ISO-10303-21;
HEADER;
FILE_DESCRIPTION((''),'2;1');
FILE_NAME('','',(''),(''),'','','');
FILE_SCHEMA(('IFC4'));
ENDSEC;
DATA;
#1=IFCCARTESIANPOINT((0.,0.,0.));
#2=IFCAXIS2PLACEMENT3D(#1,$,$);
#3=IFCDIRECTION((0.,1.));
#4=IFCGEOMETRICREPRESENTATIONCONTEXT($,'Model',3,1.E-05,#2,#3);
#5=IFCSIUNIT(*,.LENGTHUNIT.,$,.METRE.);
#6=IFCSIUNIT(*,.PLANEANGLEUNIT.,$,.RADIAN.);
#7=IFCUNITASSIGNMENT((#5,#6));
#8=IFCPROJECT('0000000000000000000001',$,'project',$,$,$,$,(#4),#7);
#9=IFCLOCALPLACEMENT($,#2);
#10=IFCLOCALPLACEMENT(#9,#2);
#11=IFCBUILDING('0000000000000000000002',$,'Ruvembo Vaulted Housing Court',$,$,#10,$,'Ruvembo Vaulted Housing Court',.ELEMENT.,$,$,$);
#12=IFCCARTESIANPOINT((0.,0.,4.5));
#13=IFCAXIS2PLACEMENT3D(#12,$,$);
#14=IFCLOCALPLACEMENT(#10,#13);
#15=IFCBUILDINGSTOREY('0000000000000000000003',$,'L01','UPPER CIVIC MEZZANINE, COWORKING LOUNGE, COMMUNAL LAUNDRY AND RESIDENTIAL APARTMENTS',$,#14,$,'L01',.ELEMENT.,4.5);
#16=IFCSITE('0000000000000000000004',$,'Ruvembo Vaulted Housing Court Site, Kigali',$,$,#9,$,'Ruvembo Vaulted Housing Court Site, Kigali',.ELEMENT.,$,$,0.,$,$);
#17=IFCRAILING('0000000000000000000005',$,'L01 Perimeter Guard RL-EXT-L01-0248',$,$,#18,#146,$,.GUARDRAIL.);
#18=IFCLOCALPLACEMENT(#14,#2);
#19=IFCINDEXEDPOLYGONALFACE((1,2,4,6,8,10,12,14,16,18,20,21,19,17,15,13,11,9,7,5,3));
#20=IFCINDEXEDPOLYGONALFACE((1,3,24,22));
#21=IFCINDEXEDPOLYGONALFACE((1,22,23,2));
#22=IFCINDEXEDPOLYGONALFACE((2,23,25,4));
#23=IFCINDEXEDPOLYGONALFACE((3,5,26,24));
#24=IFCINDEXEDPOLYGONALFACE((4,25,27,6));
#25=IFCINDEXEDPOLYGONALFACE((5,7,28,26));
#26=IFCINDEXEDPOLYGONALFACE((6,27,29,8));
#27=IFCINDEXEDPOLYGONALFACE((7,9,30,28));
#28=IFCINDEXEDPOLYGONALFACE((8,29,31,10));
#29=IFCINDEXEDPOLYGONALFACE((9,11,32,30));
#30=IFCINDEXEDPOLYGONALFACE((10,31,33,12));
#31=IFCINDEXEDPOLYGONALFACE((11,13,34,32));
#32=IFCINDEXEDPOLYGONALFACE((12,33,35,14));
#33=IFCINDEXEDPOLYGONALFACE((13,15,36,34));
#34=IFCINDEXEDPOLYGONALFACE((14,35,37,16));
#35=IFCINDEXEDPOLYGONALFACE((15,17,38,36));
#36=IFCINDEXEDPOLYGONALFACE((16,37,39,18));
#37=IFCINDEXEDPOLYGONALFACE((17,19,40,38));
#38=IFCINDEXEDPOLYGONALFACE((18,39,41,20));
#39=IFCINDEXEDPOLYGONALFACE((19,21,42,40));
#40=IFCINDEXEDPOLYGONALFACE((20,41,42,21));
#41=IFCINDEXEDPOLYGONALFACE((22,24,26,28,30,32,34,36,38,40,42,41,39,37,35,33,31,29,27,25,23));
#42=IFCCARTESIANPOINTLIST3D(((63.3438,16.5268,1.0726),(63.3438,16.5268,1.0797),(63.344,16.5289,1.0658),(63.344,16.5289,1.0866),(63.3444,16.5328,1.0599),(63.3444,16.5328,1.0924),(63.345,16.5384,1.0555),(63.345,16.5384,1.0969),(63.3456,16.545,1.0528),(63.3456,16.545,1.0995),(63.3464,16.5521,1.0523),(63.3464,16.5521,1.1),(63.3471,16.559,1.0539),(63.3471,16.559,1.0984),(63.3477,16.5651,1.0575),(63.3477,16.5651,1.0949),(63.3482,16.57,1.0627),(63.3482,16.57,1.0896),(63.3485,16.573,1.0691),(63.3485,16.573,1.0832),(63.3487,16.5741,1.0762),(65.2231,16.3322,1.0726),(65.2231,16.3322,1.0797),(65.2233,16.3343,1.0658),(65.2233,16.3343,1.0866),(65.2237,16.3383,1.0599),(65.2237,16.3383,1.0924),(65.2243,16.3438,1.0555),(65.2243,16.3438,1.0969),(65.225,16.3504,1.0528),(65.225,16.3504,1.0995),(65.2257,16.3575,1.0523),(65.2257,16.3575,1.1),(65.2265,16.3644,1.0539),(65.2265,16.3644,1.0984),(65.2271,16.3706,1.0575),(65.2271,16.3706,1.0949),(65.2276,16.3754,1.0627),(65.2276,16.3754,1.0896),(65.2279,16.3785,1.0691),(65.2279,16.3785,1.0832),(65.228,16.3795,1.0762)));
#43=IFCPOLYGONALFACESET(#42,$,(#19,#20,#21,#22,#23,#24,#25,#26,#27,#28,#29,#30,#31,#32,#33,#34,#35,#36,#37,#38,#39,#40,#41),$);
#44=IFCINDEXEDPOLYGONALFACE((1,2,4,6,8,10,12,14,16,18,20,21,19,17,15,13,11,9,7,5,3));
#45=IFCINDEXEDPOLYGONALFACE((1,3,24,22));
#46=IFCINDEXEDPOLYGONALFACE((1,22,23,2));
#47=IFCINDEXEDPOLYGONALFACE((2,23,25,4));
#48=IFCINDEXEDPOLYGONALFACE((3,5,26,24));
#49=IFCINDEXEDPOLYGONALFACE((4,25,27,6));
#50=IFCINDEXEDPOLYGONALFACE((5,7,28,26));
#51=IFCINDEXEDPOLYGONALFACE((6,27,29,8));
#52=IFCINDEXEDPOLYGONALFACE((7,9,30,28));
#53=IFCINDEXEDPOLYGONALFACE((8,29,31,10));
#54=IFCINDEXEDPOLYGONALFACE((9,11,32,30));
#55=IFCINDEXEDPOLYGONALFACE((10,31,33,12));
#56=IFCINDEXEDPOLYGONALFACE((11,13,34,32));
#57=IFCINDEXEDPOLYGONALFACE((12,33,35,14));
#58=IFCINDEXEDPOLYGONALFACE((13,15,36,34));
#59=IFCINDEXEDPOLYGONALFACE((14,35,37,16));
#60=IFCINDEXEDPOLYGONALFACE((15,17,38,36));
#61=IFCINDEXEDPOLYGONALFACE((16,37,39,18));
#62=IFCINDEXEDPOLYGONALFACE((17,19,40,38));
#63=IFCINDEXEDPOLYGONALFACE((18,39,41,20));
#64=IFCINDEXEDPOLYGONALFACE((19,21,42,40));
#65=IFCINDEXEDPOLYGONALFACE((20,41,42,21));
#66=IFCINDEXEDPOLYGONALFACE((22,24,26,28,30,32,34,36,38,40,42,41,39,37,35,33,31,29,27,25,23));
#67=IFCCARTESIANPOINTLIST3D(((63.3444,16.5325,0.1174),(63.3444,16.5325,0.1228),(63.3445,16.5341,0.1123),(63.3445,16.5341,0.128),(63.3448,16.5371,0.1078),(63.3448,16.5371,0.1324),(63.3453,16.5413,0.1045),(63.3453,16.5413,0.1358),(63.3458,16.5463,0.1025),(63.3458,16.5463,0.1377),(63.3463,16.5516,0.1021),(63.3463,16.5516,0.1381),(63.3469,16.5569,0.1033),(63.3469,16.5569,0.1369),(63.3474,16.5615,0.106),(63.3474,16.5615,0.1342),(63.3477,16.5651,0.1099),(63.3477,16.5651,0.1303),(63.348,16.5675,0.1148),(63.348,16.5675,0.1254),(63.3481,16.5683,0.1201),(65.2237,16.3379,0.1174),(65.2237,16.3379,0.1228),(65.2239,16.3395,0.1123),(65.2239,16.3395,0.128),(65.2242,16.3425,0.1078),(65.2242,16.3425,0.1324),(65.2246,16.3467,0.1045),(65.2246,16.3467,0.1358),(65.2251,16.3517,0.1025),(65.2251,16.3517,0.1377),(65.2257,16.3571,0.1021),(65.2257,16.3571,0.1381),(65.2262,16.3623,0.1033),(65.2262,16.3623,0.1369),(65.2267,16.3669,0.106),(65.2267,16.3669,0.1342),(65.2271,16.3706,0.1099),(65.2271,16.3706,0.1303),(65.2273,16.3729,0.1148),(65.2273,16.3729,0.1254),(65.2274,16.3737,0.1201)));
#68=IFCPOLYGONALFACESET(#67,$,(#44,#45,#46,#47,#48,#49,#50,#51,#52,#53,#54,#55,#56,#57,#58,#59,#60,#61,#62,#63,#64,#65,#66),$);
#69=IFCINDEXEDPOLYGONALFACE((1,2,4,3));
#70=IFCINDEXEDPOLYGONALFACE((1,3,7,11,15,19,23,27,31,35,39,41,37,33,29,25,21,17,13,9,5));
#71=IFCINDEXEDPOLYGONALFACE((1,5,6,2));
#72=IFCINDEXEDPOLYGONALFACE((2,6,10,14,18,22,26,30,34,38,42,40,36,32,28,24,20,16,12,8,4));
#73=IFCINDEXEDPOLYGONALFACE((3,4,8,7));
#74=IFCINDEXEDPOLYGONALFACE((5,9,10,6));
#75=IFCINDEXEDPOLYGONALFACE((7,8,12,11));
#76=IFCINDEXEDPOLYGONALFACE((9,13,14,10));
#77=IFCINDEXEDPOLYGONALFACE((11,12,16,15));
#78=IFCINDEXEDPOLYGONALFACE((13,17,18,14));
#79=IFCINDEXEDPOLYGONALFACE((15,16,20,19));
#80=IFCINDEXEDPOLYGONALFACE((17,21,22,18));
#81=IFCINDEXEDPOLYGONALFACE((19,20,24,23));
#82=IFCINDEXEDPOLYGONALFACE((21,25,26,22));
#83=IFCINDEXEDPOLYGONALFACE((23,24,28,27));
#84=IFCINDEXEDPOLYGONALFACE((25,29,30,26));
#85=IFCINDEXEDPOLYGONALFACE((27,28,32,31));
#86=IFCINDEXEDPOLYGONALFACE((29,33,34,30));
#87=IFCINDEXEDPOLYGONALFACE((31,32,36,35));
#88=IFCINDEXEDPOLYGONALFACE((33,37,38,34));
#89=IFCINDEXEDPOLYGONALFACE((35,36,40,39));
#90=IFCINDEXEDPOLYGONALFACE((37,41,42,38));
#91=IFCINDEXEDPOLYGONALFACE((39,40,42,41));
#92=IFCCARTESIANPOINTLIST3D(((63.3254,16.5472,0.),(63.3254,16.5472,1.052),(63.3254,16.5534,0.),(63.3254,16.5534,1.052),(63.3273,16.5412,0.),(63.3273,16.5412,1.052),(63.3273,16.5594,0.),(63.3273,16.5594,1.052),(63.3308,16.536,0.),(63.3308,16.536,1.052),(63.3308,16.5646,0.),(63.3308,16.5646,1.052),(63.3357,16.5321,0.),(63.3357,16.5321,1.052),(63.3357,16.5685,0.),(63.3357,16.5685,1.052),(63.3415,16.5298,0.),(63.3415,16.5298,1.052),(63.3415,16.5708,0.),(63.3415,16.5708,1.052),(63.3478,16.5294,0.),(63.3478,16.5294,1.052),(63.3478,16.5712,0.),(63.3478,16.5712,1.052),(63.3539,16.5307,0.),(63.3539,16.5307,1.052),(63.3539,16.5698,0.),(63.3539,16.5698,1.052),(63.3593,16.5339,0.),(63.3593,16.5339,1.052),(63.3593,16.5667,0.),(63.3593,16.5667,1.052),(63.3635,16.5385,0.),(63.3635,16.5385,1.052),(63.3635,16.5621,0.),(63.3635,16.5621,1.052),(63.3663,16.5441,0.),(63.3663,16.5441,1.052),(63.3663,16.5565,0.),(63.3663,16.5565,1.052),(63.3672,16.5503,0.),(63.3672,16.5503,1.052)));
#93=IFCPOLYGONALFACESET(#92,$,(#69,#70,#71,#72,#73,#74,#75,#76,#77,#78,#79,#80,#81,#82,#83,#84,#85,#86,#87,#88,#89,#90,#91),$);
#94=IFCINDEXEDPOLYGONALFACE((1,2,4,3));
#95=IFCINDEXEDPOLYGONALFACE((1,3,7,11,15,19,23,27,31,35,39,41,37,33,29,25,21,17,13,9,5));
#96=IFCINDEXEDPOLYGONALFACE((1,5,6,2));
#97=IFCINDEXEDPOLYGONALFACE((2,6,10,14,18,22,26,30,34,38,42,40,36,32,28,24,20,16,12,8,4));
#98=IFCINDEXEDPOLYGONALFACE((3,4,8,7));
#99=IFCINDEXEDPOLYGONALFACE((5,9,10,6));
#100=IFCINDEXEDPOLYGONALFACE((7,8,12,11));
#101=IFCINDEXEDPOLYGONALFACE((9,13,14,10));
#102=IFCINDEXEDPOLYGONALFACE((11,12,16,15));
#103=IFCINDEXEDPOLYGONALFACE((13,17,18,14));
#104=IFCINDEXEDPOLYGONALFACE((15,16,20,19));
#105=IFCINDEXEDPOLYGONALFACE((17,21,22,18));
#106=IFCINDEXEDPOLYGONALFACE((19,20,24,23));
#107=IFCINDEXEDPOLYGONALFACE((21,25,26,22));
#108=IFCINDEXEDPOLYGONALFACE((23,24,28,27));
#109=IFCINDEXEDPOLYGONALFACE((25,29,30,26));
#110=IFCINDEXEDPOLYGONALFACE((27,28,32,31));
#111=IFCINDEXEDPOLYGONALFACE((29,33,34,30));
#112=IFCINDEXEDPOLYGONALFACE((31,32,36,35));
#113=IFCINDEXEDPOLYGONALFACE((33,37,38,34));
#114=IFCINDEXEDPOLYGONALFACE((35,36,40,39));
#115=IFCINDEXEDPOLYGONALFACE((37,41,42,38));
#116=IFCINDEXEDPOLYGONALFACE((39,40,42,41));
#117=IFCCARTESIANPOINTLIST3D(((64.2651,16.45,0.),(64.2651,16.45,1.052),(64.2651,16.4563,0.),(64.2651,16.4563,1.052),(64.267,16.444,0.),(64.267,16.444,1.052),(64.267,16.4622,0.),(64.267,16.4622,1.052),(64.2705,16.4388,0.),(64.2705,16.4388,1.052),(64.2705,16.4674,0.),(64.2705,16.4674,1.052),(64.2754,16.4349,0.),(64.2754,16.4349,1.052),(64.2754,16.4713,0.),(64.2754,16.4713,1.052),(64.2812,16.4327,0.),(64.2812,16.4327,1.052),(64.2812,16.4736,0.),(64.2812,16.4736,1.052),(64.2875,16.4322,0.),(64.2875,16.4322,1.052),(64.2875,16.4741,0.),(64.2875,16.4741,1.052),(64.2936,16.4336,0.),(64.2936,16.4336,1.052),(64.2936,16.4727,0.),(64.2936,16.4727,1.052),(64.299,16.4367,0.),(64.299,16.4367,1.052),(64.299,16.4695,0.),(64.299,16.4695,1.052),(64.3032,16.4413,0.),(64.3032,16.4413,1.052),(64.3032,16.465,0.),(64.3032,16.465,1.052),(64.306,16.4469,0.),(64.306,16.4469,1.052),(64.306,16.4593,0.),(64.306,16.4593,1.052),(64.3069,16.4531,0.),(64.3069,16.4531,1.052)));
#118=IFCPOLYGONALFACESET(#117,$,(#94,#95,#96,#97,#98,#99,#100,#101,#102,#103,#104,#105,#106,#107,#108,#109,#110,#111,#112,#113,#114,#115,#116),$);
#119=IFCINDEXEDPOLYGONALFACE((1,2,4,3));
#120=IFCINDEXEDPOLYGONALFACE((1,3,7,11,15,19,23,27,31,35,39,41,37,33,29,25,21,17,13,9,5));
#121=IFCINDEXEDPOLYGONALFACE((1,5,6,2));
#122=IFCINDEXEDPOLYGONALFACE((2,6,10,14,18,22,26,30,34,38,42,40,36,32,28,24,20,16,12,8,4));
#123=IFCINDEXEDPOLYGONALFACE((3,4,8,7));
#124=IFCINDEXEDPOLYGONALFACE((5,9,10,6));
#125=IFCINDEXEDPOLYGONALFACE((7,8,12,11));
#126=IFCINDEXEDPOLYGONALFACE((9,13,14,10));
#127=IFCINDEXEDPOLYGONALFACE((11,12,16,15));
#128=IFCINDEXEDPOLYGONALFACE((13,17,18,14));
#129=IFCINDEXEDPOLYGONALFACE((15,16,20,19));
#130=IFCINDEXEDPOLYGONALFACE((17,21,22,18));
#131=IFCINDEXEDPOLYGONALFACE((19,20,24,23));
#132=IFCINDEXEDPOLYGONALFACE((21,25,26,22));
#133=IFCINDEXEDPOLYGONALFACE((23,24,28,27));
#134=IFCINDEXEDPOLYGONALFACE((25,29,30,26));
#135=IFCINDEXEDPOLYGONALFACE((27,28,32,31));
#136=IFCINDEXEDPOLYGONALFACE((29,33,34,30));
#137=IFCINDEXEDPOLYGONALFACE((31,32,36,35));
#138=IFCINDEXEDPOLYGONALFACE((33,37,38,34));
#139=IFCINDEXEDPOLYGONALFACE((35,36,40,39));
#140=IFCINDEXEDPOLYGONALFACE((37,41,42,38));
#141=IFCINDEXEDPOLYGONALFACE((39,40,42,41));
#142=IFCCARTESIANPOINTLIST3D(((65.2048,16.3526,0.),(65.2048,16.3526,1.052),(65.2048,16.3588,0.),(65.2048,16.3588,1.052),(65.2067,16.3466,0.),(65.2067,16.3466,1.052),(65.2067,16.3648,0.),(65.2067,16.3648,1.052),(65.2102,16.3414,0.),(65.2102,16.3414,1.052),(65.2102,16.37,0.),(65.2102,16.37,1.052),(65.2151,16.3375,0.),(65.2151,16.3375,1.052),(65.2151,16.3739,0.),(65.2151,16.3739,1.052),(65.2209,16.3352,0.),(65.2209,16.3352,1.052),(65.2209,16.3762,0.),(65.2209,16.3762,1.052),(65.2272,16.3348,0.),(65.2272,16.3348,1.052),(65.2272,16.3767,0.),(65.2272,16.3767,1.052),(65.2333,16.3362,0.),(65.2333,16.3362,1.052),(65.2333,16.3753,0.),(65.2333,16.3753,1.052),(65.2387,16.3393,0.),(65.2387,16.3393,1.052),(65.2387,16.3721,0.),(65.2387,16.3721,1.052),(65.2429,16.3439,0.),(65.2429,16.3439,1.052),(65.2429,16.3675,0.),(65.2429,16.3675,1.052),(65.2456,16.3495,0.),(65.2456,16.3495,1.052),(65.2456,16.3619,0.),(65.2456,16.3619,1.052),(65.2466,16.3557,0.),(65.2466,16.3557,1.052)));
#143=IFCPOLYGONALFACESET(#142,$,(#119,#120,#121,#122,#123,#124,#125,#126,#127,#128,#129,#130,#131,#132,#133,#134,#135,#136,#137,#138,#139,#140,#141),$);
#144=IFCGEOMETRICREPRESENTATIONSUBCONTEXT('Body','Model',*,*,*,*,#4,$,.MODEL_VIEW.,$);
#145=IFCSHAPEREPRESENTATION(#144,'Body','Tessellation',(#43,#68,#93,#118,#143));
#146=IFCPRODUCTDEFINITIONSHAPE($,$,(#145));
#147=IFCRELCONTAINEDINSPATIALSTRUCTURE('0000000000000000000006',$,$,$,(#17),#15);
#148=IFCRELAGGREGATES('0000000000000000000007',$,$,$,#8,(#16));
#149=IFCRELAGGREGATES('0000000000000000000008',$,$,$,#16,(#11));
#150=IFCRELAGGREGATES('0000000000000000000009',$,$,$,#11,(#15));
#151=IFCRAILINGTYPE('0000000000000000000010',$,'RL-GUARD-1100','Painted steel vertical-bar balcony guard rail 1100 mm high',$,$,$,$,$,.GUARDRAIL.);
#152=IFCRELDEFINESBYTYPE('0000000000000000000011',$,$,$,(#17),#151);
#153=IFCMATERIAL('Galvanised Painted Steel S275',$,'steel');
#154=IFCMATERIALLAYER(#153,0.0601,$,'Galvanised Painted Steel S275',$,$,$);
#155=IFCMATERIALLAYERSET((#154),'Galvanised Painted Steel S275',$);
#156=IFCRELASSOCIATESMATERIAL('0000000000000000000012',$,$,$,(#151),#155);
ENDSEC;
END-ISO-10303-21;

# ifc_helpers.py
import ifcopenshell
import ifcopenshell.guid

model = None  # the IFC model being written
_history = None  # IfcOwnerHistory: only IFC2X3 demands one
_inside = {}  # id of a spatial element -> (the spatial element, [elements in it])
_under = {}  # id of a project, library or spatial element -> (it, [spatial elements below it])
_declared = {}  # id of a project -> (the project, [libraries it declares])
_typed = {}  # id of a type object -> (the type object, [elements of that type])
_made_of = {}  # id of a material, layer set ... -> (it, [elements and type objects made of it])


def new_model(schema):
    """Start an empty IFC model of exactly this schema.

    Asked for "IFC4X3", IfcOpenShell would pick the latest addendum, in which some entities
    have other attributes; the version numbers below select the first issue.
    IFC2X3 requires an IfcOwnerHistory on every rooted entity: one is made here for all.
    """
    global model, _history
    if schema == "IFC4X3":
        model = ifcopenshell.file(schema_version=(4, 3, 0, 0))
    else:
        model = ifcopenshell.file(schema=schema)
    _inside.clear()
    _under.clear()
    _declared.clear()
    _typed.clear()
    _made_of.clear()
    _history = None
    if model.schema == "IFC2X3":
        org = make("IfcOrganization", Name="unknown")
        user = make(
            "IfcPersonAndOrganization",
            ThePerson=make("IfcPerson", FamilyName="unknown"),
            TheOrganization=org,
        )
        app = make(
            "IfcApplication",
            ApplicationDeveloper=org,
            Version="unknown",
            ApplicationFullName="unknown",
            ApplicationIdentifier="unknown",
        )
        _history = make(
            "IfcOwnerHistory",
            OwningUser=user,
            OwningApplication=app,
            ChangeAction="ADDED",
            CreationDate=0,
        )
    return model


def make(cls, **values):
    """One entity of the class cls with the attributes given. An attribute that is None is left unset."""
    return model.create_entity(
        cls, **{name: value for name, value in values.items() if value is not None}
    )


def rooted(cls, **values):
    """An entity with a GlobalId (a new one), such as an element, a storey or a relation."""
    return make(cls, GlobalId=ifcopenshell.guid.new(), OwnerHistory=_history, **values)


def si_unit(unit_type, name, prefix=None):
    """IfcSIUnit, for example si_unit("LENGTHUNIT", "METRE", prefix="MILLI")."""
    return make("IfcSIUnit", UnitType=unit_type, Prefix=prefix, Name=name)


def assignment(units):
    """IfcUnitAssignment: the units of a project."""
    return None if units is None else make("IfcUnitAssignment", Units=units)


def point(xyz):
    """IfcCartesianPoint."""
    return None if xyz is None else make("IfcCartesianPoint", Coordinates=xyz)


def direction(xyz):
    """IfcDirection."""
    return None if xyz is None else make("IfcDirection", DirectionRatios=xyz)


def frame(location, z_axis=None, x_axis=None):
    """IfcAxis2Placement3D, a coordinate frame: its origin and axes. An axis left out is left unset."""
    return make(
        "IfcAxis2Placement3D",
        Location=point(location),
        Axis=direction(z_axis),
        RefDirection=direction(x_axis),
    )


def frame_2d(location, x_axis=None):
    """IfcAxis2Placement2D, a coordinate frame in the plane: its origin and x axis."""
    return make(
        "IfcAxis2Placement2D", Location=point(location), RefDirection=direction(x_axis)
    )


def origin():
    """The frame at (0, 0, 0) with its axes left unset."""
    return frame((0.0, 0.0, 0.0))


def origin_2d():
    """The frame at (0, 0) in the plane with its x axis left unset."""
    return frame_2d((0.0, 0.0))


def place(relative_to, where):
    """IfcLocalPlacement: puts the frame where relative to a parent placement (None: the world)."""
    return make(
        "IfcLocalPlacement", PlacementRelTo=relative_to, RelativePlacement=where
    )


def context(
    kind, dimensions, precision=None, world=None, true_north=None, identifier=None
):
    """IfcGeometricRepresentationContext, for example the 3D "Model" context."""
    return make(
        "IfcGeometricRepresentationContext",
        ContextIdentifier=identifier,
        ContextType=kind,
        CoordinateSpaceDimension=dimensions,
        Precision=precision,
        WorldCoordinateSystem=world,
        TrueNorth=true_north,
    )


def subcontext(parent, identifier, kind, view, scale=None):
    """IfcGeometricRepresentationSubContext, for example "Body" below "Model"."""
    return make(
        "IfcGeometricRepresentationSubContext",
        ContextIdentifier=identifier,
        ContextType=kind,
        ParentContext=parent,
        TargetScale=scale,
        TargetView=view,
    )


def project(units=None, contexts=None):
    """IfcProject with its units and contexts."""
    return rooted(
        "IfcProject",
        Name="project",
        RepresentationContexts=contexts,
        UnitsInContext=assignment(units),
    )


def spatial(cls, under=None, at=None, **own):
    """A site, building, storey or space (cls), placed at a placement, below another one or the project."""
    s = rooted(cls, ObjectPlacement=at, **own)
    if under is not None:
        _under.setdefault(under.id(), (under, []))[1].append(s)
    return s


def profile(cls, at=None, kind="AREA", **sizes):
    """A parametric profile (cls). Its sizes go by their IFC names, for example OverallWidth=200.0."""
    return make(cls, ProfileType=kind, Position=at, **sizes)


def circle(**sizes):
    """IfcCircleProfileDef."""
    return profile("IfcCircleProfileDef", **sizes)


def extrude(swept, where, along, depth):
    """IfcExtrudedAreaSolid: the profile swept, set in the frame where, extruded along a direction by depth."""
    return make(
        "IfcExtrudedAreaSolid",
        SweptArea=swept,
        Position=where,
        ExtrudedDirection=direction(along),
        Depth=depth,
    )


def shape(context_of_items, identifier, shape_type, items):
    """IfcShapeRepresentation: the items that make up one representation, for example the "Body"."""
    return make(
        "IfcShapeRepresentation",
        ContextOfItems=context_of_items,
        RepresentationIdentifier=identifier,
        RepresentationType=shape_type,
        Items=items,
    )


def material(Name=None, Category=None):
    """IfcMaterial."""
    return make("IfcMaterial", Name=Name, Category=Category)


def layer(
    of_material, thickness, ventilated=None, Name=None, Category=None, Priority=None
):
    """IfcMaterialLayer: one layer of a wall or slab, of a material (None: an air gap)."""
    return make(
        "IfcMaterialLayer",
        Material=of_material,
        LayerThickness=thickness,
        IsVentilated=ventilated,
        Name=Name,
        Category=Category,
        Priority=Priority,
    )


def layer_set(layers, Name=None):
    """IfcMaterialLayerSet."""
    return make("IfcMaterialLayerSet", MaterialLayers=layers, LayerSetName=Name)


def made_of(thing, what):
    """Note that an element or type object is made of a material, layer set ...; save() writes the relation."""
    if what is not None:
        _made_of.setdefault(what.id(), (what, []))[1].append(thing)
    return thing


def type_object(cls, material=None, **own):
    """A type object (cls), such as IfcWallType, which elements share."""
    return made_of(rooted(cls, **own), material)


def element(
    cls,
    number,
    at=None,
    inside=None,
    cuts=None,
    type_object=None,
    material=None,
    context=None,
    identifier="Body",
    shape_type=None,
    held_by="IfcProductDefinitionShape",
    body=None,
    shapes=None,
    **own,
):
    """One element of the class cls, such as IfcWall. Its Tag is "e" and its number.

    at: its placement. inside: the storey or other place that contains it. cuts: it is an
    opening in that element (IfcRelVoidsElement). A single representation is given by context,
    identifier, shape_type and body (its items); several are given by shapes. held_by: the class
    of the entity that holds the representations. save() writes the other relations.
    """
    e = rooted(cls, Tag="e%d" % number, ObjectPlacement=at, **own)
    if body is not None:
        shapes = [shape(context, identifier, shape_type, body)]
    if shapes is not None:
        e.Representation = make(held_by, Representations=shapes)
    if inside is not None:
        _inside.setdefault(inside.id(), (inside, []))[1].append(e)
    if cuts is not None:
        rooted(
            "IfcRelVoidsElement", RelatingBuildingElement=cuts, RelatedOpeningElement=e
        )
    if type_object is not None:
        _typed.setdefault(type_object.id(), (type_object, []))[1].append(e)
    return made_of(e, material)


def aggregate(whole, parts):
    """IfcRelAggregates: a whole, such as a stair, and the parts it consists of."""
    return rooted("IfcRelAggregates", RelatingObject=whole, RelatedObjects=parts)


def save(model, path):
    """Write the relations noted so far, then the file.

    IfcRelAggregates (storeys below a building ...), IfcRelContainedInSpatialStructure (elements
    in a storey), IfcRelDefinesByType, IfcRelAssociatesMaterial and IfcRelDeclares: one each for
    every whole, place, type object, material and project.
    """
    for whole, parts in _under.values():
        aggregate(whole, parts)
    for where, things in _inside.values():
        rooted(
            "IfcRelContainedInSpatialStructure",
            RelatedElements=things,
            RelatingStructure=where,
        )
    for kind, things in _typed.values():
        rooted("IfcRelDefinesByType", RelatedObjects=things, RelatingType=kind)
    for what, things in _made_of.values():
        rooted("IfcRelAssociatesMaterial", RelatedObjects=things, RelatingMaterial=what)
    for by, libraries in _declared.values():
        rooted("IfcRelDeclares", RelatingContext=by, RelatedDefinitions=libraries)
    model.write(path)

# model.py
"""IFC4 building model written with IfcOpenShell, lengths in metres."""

from ifc_helpers import new_model, si_unit, direction, frame, origin, origin_2d, place, context, subcontext, project, spatial, circle, extrude, material, layer, layer_set, type_object, element, save


model = new_model("IFC4")

# Units and contexts
model_context = context("Model", 3, precision=1e-05, world=origin(), true_north=direction((0.0, 1.0)))
body_context = subcontext(model_context, "Body", "Model", "MODEL_VIEW")
ifc_project = project(units=[si_unit("LENGTHUNIT", "METRE"), si_unit("PLANEANGLEUNIT", "RADIAN")], contexts=[model_context])

# Site, building, storey
site_placement = place(None, origin())
site = spatial("IfcSite", under=ifc_project, at=site_placement, Name="Ruvembo Vaulted Housing Court Site, Kigali", LongName="Ruvembo Vaulted Housing Court Site, Kigali", CompositionType="ELEMENT", RefElevation=0.0)
building_placement = place(site_placement, origin())
building = spatial("IfcBuilding", under=site, at=building_placement, Name="Ruvembo Vaulted Housing Court", LongName="Ruvembo Vaulted Housing Court", CompositionType="ELEMENT")
storey_placement = place(building_placement, frame((0.0, 0.0, 4.5)))
storey = spatial("IfcBuildingStorey", under=building, at=storey_placement, Name="L01", Description="UPPER CIVIC MEZZANINE, COWORKING LOUNGE, COMMUNAL LAUNDRY AND RESIDENTIAL APARTMENTS", LongName="L01", CompositionType="ELEMENT", Elevation=4.5)

# Railing
ifc_material_1 = material(Name="Galvanised Painted Steel S275", Category="steel")
ifc_layer_1 = layer(ifc_material_1, 0.0601, Name="Galvanised Painted Steel S275")
ifc_layer_set_1 = layer_set([ifc_layer_1], Name="Galvanised Painted Steel S275")
railing_type = type_object("IfcRailingType", Name="RL-GUARD-1100", Description="Painted steel vertical-bar balcony guard rail 1100 mm high", PredefinedType="GUARDRAIL", material=ifc_layer_set_1)
railing_1_placement = place(storey_placement, frame((63.3462, 16.5503, 0.0)))
element("IfcRailing", 1, at=railing_1_placement, inside=storey, type_object=railing_type, Name="L01 Perimeter Guard RL-EXT-L01-0248", PredefinedType="GUARDRAIL", context=body_context, shape_type="SweptSolid", body=[
    extrude(circle(Radius=0.0239, at=origin_2d()), frame((0.0, 0.0, 1.0762), z_axis=(0.994683, -0.102983, 0.0), x_axis=(0.102983, 0.994683, 0.0)), (0.0, 0.0, 1.0), 1.8894),
    extrude(circle(Radius=0.0181, at=origin_2d()), frame((0.0, 0.0, 0.1201), z_axis=(0.994683, -0.102983, 0.0), x_axis=(0.102983, 0.994683, 0.0)), (0.0, 0.0, 1.0), 1.8894),
    extrude(circle(Radius=0.021, at=origin_2d()), origin(), (0.0, 0.0, 1.0), 1.052),
    extrude(circle(Radius=0.021, at=origin_2d()), frame((0.9397, -0.0972, 0.0)), (0.0, 0.0, 1.0), 1.052),
    extrude(circle(Radius=0.021, at=origin_2d()), frame((1.8794, -0.1946, 0.0)), (0.0, 0.0, 1.0), 1.052),
])

save(model, "model.ifc")
